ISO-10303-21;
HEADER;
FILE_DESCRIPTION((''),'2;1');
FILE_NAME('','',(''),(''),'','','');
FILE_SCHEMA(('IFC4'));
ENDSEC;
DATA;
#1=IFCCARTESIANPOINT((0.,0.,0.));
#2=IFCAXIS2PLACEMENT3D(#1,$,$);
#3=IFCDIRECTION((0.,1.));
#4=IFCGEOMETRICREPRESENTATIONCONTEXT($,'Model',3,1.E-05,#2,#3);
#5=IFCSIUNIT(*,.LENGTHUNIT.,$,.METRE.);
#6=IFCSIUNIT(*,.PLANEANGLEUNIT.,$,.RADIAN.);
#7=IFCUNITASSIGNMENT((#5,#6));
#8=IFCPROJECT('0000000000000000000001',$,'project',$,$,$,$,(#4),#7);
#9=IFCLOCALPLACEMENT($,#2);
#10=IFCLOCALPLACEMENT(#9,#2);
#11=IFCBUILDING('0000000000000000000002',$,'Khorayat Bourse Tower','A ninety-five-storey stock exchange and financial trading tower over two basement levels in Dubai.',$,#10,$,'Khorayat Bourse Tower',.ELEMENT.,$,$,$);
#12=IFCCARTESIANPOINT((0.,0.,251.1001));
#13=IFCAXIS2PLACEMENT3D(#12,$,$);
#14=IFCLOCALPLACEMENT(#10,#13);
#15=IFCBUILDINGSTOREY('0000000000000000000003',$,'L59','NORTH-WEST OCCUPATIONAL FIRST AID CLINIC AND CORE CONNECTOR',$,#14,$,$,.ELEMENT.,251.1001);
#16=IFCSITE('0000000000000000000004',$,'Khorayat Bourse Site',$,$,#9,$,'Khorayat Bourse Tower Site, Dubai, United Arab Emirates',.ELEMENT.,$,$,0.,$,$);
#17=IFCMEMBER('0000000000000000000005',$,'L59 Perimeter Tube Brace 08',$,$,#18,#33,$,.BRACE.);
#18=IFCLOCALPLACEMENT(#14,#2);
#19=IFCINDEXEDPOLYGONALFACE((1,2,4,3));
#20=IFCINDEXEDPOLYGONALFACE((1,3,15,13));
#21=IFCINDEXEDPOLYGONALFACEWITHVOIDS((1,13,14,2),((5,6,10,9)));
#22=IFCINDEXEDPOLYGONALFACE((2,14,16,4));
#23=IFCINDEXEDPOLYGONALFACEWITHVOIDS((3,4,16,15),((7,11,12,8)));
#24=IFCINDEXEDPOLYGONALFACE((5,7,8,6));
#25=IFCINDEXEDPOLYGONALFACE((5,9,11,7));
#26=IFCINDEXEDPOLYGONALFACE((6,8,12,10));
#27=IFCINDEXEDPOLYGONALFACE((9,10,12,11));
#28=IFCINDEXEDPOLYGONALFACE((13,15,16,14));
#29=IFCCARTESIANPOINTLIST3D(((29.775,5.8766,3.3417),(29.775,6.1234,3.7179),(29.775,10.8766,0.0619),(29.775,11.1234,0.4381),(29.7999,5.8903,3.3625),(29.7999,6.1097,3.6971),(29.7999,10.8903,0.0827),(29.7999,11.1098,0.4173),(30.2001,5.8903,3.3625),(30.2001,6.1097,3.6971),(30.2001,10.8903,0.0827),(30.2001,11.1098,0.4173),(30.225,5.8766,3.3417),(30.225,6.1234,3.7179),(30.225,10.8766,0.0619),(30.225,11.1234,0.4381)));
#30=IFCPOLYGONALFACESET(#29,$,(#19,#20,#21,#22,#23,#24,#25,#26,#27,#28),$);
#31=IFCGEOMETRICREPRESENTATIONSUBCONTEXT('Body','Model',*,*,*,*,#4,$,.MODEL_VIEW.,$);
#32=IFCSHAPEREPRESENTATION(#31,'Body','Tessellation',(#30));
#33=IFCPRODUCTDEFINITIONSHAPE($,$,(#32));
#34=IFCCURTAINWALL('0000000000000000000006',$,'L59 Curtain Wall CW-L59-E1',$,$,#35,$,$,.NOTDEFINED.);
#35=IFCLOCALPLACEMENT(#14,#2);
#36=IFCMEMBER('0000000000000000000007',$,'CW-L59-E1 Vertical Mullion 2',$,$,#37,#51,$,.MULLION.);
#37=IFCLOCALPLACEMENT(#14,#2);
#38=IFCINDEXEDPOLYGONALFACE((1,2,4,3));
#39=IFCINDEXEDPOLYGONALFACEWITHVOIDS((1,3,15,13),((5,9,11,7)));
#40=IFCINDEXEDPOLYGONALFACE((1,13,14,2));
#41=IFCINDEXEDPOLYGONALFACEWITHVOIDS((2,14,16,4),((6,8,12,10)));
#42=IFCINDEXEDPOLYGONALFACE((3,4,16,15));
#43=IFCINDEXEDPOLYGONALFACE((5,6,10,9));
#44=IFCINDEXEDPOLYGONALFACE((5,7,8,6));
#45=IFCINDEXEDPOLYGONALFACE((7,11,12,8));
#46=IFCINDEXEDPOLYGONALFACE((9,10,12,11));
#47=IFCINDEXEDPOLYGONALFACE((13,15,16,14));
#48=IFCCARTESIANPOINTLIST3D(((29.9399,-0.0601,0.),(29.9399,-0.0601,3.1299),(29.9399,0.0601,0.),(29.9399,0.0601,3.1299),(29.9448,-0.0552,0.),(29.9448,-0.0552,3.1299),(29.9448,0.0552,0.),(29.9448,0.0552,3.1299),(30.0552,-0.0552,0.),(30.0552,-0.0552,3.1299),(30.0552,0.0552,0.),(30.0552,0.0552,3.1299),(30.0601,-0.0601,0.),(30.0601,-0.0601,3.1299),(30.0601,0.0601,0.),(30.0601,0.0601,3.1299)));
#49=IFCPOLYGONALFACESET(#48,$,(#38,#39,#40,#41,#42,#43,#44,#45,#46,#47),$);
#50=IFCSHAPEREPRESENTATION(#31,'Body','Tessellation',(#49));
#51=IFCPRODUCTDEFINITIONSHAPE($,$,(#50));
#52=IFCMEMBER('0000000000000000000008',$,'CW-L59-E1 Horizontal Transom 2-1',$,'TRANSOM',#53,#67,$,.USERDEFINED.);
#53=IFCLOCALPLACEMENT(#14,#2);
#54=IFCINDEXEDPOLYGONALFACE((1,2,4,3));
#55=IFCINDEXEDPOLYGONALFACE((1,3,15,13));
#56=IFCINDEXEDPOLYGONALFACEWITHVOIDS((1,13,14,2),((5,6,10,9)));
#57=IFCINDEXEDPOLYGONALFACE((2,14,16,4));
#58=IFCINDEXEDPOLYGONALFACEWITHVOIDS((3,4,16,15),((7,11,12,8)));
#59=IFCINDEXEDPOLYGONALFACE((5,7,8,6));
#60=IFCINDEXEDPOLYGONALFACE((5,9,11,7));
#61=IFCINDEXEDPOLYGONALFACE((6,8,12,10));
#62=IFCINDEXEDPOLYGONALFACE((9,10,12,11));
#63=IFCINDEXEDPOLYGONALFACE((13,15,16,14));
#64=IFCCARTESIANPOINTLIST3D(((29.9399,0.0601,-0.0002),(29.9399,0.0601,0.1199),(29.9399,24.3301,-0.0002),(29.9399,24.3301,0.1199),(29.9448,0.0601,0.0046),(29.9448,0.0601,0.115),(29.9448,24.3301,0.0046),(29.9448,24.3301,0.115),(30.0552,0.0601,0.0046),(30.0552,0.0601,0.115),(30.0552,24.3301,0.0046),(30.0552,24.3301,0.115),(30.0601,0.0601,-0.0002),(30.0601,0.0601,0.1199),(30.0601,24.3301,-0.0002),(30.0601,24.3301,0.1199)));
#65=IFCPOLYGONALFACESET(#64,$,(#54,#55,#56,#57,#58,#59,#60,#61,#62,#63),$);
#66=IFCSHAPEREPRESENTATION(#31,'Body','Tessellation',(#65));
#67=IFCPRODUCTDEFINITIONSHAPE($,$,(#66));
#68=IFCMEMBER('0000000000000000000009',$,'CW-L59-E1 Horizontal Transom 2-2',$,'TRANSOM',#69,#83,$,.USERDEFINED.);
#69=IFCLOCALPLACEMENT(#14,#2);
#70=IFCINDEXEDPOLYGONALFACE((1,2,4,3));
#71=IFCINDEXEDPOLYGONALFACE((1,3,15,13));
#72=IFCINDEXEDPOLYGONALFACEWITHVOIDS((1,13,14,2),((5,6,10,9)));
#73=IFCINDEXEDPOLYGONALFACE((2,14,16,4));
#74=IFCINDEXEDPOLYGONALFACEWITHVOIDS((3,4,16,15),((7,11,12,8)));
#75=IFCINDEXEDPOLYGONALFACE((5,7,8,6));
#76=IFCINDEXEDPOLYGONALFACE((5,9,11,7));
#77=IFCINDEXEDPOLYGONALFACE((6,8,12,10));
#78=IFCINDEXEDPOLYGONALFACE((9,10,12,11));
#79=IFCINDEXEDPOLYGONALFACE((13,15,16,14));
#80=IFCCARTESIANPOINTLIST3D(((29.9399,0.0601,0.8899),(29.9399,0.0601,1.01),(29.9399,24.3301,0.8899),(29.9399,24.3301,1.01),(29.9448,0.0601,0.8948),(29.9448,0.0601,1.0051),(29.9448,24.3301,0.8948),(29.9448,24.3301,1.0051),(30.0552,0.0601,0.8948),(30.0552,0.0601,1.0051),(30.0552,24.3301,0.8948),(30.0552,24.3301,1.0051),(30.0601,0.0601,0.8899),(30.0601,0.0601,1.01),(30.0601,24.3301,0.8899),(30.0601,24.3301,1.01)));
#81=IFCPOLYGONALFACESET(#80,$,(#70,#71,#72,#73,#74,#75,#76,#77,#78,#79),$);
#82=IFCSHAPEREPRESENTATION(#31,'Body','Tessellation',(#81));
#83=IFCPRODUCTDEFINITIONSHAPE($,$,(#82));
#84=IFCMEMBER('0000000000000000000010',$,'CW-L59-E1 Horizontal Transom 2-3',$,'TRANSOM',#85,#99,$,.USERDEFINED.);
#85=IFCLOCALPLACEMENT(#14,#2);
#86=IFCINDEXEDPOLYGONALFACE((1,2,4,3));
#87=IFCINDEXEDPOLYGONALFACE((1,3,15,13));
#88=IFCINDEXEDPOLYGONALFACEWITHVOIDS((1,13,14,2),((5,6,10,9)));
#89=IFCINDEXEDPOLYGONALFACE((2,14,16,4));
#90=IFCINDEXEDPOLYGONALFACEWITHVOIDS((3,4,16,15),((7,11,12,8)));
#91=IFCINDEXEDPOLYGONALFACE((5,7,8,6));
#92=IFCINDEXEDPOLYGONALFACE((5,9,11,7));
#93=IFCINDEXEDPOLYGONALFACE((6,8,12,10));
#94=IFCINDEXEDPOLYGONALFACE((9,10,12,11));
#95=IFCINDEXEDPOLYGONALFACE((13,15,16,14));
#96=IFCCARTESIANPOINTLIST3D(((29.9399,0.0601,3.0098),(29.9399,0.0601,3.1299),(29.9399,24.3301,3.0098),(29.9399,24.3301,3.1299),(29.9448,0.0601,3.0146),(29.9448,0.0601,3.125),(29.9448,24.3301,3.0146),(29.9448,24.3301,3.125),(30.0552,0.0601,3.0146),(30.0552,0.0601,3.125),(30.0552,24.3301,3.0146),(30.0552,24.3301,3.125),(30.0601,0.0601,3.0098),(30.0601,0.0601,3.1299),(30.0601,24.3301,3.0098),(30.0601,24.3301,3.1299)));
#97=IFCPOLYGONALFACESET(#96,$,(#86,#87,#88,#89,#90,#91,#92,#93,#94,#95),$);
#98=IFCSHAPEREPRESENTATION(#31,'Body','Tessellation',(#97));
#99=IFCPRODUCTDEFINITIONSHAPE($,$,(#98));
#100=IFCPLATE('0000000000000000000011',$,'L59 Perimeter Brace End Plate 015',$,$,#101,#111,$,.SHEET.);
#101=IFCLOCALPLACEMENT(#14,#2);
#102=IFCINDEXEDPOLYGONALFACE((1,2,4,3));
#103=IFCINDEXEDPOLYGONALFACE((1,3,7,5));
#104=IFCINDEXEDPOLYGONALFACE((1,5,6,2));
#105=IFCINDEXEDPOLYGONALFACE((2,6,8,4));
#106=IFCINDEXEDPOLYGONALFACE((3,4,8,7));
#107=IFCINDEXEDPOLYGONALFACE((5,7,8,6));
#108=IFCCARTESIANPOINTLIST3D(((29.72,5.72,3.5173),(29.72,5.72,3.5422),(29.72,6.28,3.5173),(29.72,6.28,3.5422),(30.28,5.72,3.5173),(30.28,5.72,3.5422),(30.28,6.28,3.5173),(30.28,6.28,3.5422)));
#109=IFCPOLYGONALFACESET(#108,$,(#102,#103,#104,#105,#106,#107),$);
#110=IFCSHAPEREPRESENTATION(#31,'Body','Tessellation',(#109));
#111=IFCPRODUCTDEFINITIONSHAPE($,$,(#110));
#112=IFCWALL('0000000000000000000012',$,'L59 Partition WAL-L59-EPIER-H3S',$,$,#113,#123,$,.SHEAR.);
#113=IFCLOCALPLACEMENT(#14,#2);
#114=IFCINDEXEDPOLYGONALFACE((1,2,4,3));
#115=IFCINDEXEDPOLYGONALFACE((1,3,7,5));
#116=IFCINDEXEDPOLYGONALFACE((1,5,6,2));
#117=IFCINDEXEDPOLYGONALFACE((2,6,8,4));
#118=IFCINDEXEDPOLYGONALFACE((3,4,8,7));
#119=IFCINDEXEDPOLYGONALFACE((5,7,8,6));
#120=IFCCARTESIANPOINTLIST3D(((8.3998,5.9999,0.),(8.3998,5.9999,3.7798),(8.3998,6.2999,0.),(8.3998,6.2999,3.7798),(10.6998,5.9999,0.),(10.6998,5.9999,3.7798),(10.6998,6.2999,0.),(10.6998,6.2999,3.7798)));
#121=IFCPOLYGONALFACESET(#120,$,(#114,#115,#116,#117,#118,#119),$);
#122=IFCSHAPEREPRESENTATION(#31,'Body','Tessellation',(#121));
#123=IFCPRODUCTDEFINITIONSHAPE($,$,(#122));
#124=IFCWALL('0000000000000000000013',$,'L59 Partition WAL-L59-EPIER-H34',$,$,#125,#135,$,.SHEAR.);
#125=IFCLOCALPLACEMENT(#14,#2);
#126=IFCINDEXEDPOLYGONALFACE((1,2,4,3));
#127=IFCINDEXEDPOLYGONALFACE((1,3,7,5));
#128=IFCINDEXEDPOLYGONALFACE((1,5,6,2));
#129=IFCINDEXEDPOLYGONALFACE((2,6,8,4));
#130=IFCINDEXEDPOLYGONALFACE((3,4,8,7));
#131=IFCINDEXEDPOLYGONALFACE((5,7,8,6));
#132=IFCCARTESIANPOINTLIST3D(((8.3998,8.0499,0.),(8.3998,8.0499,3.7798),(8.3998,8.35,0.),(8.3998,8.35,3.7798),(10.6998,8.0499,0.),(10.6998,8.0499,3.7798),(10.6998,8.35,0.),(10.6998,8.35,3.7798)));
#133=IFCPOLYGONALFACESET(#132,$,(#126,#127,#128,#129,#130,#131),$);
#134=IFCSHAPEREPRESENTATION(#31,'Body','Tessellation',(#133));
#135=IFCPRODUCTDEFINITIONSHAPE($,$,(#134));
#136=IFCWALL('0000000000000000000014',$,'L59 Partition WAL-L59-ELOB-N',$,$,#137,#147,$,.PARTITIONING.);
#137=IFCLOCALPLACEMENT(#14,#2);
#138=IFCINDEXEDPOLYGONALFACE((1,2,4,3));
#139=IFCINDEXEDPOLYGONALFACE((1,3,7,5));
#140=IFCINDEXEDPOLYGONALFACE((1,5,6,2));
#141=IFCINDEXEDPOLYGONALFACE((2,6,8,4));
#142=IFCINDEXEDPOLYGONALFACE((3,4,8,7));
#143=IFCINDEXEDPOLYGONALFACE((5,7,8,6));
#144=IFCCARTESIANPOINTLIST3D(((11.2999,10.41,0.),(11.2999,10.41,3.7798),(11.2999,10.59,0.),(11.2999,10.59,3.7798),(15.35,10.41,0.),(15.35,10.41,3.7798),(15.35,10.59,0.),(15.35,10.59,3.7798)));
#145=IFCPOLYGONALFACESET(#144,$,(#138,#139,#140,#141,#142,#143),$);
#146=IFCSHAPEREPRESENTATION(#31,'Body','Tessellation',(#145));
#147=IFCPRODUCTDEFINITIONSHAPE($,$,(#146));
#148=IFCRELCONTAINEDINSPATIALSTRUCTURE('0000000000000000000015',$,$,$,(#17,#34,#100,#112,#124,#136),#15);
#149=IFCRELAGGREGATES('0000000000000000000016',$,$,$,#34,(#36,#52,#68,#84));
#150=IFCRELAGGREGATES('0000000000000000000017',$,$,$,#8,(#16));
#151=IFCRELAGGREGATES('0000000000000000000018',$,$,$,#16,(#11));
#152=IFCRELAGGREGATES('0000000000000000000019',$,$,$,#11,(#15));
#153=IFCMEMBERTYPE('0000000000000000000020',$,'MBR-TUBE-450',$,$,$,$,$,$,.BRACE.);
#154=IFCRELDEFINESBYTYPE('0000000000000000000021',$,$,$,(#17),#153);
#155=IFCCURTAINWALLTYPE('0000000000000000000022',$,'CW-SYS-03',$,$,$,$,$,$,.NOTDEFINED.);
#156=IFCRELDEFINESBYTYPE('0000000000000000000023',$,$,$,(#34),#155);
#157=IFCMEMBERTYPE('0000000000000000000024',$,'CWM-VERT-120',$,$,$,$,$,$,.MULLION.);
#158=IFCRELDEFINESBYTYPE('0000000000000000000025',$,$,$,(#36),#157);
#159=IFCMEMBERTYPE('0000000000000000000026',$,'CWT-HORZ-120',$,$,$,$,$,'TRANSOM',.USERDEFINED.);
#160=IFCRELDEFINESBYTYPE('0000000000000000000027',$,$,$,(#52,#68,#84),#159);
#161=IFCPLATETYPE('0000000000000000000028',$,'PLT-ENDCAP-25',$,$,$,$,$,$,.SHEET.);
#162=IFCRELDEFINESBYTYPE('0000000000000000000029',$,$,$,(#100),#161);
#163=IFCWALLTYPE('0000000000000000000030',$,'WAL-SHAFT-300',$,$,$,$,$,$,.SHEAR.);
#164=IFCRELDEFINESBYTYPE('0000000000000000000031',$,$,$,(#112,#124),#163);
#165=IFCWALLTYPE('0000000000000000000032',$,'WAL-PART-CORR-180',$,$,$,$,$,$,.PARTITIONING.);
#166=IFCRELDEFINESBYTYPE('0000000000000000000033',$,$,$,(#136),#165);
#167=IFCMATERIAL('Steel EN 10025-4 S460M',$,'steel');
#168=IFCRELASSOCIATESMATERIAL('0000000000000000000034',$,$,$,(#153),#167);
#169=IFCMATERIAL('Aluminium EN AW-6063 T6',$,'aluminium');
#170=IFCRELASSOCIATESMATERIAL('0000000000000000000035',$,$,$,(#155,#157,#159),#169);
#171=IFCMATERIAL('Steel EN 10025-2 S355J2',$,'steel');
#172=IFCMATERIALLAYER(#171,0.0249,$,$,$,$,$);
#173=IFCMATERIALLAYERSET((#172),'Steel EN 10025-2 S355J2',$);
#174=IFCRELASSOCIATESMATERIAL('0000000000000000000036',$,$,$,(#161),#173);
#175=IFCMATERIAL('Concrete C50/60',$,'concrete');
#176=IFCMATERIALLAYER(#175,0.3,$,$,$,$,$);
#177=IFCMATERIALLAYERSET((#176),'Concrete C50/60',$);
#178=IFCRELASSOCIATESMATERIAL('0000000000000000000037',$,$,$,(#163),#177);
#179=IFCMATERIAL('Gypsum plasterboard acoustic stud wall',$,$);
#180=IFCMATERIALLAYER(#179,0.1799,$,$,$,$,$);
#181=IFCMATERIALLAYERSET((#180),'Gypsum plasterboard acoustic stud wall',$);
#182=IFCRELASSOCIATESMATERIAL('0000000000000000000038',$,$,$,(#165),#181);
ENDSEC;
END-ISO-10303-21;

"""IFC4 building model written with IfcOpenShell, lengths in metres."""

from ifc_helpers import new_model, si_unit, direction, frame, frame_2d, origin, origin_2d, place, context, subcontext, project, spatial, rectangle, hollow_rectangle, extrude, source, transform, mapped, material, layer, layer_set, material_profile, profile_set, type_object, element, aggregate, save


model = new_model("IFC4")

# Units and contexts
model_context = context("Model", 3, precision=1e-05, world=origin(), true_north=direction((0.0, 1.0)))
body_context = subcontext(model_context, "Body", "Model", "MODEL_VIEW")
ifc_project = project(units=[si_unit("LENGTHUNIT", "METRE"), si_unit("PLANEANGLEUNIT", "RADIAN")], contexts=[model_context])

# Site, building, storey
site_placement = place(None, origin())
site = spatial("IfcSite", under=ifc_project, at=site_placement, Name="Khorayat Bourse Site", LongName="Khorayat Bourse Tower Site, Dubai, United Arab Emirates", CompositionType="ELEMENT", RefElevation=0.0)
building_placement = place(site_placement, origin())
building = spatial("IfcBuilding", under=site, at=building_placement, Name="Khorayat Bourse Tower", Description="A ninety-five-storey stock exchange and financial trading tower over two basement levels in Dubai.", LongName="Khorayat Bourse Tower", CompositionType="ELEMENT")
storey_placement = place(building_placement, frame((0.0, 0.0, 251.1001)))
storey = spatial("IfcBuildingStorey", under=building, at=storey_placement, Name="L59", Description="NORTH-WEST OCCUPATIONAL FIRST AID CLINIC AND CORE CONNECTOR", CompositionType="ELEMENT", Elevation=251.1001)

# Shared definitions
ifc_material_1 = material(Name="Steel EN 10025-4 S460M", Category="steel")

# Member
ifc_material_profile_1 = material_profile(ifc_material_1, hollow_rectangle(XDim=0.45, YDim=0.45, WallThickness=0.0249, at=origin_2d()), Name="HSS 450x450x25")
ifc_profile_set_1 = profile_set([ifc_material_profile_1], Name="Steel EN 10025-4 S460M")
member_type_1 = type_object("IfcMemberType", Name="MBR-TUBE-450", PredefinedType="BRACE", material=ifc_profile_set_1)
shared_shape_1 = source(origin(), body_context, "Body", "SweptSolid", [
    extrude(hollow_rectangle(XDim=0.45, YDim=0.45, WallThickness=0.0249, at=origin_2d()), origin(), (0.0, 0.0, 1.0), 5.9797),
])
member_1_placement = place(storey_placement, frame((30.0, 6.0, 3.5298), z_axis=(0.0, 0.83616, -0.548485), x_axis=(-1.0, 0.0, 0.0)))
element("IfcMember", 1, at=member_1_placement, inside=storey, type_object=member_type_1, Name="L59 Perimeter Tube Brace 08", PredefinedType="BRACE", context=body_context, shape_type="MappedRepresentation", body=[
    mapped(shared_shape_1, transform((0.0, 0.0, 0.0), scale=1.0)),
])

# Curtain wall, members
ifc_material_2 = material(Name="Aluminium EN AW-6063 T6", Category="aluminium")
curtain_wall_type = type_object("IfcCurtainWallType", Name="CW-SYS-03", PredefinedType="NOTDEFINED", material=ifc_material_2)
curtain_wall_placement = place(storey_placement, origin())
curtain_wall = element("IfcCurtainWall", 2, at=curtain_wall_placement, inside=storey, type_object=curtain_wall_type, Name="L59 Curtain Wall CW-L59-E1", PredefinedType="NOTDEFINED")
ifc_material_profile_2 = material_profile(ifc_material_2, hollow_rectangle(XDim=0.1201, YDim=0.1201, WallThickness=0.0049, at=origin_2d()), Name="ALU 120x120x5")
ifc_profile_set_2 = profile_set([ifc_material_profile_2], Name="Aluminium EN AW-6063 T6")
member_type_2 = type_object("IfcMemberType", Name="CWM-VERT-120", PredefinedType="MULLION", material=ifc_profile_set_2)
shared_shape_2 = source(origin(), body_context, "Body", "SweptSolid", [
    extrude(hollow_rectangle(XDim=0.1201, YDim=0.1201, WallThickness=0.0049, at=origin_2d()), origin(), (0.0, 0.0, 1.0), 3.1299),
])
member_2_placement = place(storey_placement, frame((30.0, 0.0, 0.0), z_axis=(0.0, 0.0, 1.0), x_axis=(-1.0, 0.0, 0.0)))
member_2 = element("IfcMember", 3, at=member_2_placement, type_object=member_type_2, Name="CW-L59-E1 Vertical Mullion 2", PredefinedType="MULLION", context=body_context, shape_type="MappedRepresentation", body=[
    mapped(shared_shape_2, transform((0.0, 0.0, 0.0), scale=1.0)),
])
ifc_material_profile_3 = material_profile(ifc_material_2, hollow_rectangle(XDim=0.1201, YDim=0.1201, WallThickness=0.0049, at=origin_2d()), Name="ALU 120x120x5")
ifc_profile_set_3 = profile_set([ifc_material_profile_3], Name="Aluminium EN AW-6063 T6")
member_type_3 = type_object("IfcMemberType", Name="CWT-HORZ-120", ElementType="TRANSOM", PredefinedType="USERDEFINED", material=ifc_profile_set_3)
shared_shape_3 = source(origin(), body_context, "Body", "SweptSolid", [
    extrude(hollow_rectangle(XDim=0.1201, YDim=0.1201, WallThickness=0.0049, at=origin_2d()), origin(), (0.0, 0.0, 1.0), 24.27),
])
member_3_placement = place(storey_placement, frame((30.0, 0.0601, 0.0598), z_axis=(0.0, 1.0, 0.0), x_axis=(-1.0, 0.0, 0.0)))
member_3 = element("IfcMember", 4, at=member_3_placement, type_object=member_type_3, Name="CW-L59-E1 Horizontal Transom 2-1", ObjectType="TRANSOM", PredefinedType="USERDEFINED", context=body_context, shape_type="MappedRepresentation", body=[
    mapped(shared_shape_3, transform((0.0, 0.0, 0.0), scale=1.0)),
])
member_4_placement = place(storey_placement, frame((30.0, 0.0601, 0.95), z_axis=(0.0, 1.0, 0.0), x_axis=(-1.0, 0.0, 0.0)))
member_4 = element("IfcMember", 5, at=member_4_placement, type_object=member_type_3, Name="CW-L59-E1 Horizontal Transom 2-2", ObjectType="TRANSOM", PredefinedType="USERDEFINED", context=body_context, shape_type="MappedRepresentation", body=[
    mapped(shared_shape_3, transform((0.0, 0.0, 0.0), scale=1.0)),
])
member_5_placement = place(storey_placement, frame((30.0, 0.0601, 3.0698), z_axis=(0.0, 1.0, 0.0), x_axis=(-1.0, 0.0, 0.0)))
member_5 = element("IfcMember", 6, at=member_5_placement, type_object=member_type_3, Name="CW-L59-E1 Horizontal Transom 2-3", ObjectType="TRANSOM", PredefinedType="USERDEFINED", context=body_context, shape_type="MappedRepresentation", body=[
    mapped(shared_shape_3, transform((0.0, 0.0, 0.0), scale=1.0)),
])
aggregate(curtain_wall, [member_2, member_3, member_4, member_5])

# Plate
ifc_material_3 = material(Name="Steel EN 10025-2 S355J2", Category="steel")
ifc_layer_1 = layer(ifc_material_3, 0.0249)
ifc_layer_set_1 = layer_set([ifc_layer_1], Name="Steel EN 10025-2 S355J2")
plate_type = type_object("IfcPlateType", Name="PLT-ENDCAP-25", PredefinedType="SHEET", material=ifc_layer_set_1)
shared_shape_4 = source(origin(), body_context, "Body", "SweptSolid", [
    extrude(rectangle(XDim=0.5601, YDim=0.5601, at=origin_2d()), origin(), (0.0, 0.0, 1.0), 0.0249),
])
plate_placement = place(storey_placement, frame((30.0, 6.0, 3.5173), z_axis=(0.0, 0.0, 1.0), x_axis=(1.0, 0.0, 0.0)))
element("IfcPlate", 7, at=plate_placement, inside=storey, type_object=plate_type, Name="L59 Perimeter Brace End Plate 015", PredefinedType="SHEET", context=body_context, shape_type="MappedRepresentation", body=[
    mapped(shared_shape_4, transform((0.0, 0.0, 0.0), scale=1.0)),
])

# Walls
ifc_material_4 = material(Name="Concrete C50/60", Category="concrete")
ifc_layer_2 = layer(ifc_material_4, 0.3)
ifc_layer_set_2 = layer_set([ifc_layer_2], Name="Concrete C50/60")
wall_type_1 = type_object("IfcWallType", Name="WAL-SHAFT-300", PredefinedType="SHEAR", material=ifc_layer_set_2)
shared_shape_5 = source(origin(), body_context, "Body", "SweptSolid", [
    extrude(rectangle(XDim=2.3, YDim=0.3, at=frame_2d((1.1499, 0.0))), origin(), (0.0, 0.0, 1.0), 3.7798),
])
for number, where, z_axis, x_axis, name in (
    (8, (8.3999, 6.1499, 0.0), (0.0, 0.0, 1.0), (1.0, 0.0, 0.0), "L59 Partition WAL-L59-EPIER-H3S"),
    (9, (8.3999, 8.2, 0.0), (0.0, 0.0, 1.0), (1.0, 0.0, 0.0), "L59 Partition WAL-L59-EPIER-H34"),
):
    element("IfcWall", number, at=place(storey_placement, frame(where, z_axis=z_axis, x_axis=x_axis)), inside=storey, type_object=wall_type_1, Name=name, PredefinedType="SHEAR", context=body_context, shape_type="MappedRepresentation", body=[
        mapped(shared_shape_5, transform((0.0, 0.0, 0.0), scale=1.0)),
    ])
ifc_material_5 = material(Name="Gypsum plasterboard acoustic stud wall")
ifc_layer_3 = layer(ifc_material_5, 0.1799)
ifc_layer_set_3 = layer_set([ifc_layer_3], Name="Gypsum plasterboard acoustic stud wall")
wall_type_2 = type_object("IfcWallType", Name="WAL-PART-CORR-180", PredefinedType="PARTITIONING", material=ifc_layer_set_3)
shared_shape_6 = source(origin(), body_context, "Body", "SweptSolid", [
    extrude(rectangle(XDim=4.05, YDim=0.1799, at=frame_2d((2.0249, 0.0))), origin(), (0.0, 0.0, 1.0), 3.7798),
])
wall_1_placement = place(storey_placement, frame((11.3, 10.5, 0.0), z_axis=(0.0, 0.0, 1.0), x_axis=(1.0, 0.0, 0.0)))
element("IfcWall", 10, at=wall_1_placement, inside=storey, type_object=wall_type_2, Name="L59 Partition WAL-L59-ELOB-N", PredefinedType="PARTITIONING", context=body_context, shape_type="MappedRepresentation", body=[
    mapped(shared_shape_6, transform((0.0, 0.0, 0.0), scale=1.0)),
])

save(model, "model.ifc")
